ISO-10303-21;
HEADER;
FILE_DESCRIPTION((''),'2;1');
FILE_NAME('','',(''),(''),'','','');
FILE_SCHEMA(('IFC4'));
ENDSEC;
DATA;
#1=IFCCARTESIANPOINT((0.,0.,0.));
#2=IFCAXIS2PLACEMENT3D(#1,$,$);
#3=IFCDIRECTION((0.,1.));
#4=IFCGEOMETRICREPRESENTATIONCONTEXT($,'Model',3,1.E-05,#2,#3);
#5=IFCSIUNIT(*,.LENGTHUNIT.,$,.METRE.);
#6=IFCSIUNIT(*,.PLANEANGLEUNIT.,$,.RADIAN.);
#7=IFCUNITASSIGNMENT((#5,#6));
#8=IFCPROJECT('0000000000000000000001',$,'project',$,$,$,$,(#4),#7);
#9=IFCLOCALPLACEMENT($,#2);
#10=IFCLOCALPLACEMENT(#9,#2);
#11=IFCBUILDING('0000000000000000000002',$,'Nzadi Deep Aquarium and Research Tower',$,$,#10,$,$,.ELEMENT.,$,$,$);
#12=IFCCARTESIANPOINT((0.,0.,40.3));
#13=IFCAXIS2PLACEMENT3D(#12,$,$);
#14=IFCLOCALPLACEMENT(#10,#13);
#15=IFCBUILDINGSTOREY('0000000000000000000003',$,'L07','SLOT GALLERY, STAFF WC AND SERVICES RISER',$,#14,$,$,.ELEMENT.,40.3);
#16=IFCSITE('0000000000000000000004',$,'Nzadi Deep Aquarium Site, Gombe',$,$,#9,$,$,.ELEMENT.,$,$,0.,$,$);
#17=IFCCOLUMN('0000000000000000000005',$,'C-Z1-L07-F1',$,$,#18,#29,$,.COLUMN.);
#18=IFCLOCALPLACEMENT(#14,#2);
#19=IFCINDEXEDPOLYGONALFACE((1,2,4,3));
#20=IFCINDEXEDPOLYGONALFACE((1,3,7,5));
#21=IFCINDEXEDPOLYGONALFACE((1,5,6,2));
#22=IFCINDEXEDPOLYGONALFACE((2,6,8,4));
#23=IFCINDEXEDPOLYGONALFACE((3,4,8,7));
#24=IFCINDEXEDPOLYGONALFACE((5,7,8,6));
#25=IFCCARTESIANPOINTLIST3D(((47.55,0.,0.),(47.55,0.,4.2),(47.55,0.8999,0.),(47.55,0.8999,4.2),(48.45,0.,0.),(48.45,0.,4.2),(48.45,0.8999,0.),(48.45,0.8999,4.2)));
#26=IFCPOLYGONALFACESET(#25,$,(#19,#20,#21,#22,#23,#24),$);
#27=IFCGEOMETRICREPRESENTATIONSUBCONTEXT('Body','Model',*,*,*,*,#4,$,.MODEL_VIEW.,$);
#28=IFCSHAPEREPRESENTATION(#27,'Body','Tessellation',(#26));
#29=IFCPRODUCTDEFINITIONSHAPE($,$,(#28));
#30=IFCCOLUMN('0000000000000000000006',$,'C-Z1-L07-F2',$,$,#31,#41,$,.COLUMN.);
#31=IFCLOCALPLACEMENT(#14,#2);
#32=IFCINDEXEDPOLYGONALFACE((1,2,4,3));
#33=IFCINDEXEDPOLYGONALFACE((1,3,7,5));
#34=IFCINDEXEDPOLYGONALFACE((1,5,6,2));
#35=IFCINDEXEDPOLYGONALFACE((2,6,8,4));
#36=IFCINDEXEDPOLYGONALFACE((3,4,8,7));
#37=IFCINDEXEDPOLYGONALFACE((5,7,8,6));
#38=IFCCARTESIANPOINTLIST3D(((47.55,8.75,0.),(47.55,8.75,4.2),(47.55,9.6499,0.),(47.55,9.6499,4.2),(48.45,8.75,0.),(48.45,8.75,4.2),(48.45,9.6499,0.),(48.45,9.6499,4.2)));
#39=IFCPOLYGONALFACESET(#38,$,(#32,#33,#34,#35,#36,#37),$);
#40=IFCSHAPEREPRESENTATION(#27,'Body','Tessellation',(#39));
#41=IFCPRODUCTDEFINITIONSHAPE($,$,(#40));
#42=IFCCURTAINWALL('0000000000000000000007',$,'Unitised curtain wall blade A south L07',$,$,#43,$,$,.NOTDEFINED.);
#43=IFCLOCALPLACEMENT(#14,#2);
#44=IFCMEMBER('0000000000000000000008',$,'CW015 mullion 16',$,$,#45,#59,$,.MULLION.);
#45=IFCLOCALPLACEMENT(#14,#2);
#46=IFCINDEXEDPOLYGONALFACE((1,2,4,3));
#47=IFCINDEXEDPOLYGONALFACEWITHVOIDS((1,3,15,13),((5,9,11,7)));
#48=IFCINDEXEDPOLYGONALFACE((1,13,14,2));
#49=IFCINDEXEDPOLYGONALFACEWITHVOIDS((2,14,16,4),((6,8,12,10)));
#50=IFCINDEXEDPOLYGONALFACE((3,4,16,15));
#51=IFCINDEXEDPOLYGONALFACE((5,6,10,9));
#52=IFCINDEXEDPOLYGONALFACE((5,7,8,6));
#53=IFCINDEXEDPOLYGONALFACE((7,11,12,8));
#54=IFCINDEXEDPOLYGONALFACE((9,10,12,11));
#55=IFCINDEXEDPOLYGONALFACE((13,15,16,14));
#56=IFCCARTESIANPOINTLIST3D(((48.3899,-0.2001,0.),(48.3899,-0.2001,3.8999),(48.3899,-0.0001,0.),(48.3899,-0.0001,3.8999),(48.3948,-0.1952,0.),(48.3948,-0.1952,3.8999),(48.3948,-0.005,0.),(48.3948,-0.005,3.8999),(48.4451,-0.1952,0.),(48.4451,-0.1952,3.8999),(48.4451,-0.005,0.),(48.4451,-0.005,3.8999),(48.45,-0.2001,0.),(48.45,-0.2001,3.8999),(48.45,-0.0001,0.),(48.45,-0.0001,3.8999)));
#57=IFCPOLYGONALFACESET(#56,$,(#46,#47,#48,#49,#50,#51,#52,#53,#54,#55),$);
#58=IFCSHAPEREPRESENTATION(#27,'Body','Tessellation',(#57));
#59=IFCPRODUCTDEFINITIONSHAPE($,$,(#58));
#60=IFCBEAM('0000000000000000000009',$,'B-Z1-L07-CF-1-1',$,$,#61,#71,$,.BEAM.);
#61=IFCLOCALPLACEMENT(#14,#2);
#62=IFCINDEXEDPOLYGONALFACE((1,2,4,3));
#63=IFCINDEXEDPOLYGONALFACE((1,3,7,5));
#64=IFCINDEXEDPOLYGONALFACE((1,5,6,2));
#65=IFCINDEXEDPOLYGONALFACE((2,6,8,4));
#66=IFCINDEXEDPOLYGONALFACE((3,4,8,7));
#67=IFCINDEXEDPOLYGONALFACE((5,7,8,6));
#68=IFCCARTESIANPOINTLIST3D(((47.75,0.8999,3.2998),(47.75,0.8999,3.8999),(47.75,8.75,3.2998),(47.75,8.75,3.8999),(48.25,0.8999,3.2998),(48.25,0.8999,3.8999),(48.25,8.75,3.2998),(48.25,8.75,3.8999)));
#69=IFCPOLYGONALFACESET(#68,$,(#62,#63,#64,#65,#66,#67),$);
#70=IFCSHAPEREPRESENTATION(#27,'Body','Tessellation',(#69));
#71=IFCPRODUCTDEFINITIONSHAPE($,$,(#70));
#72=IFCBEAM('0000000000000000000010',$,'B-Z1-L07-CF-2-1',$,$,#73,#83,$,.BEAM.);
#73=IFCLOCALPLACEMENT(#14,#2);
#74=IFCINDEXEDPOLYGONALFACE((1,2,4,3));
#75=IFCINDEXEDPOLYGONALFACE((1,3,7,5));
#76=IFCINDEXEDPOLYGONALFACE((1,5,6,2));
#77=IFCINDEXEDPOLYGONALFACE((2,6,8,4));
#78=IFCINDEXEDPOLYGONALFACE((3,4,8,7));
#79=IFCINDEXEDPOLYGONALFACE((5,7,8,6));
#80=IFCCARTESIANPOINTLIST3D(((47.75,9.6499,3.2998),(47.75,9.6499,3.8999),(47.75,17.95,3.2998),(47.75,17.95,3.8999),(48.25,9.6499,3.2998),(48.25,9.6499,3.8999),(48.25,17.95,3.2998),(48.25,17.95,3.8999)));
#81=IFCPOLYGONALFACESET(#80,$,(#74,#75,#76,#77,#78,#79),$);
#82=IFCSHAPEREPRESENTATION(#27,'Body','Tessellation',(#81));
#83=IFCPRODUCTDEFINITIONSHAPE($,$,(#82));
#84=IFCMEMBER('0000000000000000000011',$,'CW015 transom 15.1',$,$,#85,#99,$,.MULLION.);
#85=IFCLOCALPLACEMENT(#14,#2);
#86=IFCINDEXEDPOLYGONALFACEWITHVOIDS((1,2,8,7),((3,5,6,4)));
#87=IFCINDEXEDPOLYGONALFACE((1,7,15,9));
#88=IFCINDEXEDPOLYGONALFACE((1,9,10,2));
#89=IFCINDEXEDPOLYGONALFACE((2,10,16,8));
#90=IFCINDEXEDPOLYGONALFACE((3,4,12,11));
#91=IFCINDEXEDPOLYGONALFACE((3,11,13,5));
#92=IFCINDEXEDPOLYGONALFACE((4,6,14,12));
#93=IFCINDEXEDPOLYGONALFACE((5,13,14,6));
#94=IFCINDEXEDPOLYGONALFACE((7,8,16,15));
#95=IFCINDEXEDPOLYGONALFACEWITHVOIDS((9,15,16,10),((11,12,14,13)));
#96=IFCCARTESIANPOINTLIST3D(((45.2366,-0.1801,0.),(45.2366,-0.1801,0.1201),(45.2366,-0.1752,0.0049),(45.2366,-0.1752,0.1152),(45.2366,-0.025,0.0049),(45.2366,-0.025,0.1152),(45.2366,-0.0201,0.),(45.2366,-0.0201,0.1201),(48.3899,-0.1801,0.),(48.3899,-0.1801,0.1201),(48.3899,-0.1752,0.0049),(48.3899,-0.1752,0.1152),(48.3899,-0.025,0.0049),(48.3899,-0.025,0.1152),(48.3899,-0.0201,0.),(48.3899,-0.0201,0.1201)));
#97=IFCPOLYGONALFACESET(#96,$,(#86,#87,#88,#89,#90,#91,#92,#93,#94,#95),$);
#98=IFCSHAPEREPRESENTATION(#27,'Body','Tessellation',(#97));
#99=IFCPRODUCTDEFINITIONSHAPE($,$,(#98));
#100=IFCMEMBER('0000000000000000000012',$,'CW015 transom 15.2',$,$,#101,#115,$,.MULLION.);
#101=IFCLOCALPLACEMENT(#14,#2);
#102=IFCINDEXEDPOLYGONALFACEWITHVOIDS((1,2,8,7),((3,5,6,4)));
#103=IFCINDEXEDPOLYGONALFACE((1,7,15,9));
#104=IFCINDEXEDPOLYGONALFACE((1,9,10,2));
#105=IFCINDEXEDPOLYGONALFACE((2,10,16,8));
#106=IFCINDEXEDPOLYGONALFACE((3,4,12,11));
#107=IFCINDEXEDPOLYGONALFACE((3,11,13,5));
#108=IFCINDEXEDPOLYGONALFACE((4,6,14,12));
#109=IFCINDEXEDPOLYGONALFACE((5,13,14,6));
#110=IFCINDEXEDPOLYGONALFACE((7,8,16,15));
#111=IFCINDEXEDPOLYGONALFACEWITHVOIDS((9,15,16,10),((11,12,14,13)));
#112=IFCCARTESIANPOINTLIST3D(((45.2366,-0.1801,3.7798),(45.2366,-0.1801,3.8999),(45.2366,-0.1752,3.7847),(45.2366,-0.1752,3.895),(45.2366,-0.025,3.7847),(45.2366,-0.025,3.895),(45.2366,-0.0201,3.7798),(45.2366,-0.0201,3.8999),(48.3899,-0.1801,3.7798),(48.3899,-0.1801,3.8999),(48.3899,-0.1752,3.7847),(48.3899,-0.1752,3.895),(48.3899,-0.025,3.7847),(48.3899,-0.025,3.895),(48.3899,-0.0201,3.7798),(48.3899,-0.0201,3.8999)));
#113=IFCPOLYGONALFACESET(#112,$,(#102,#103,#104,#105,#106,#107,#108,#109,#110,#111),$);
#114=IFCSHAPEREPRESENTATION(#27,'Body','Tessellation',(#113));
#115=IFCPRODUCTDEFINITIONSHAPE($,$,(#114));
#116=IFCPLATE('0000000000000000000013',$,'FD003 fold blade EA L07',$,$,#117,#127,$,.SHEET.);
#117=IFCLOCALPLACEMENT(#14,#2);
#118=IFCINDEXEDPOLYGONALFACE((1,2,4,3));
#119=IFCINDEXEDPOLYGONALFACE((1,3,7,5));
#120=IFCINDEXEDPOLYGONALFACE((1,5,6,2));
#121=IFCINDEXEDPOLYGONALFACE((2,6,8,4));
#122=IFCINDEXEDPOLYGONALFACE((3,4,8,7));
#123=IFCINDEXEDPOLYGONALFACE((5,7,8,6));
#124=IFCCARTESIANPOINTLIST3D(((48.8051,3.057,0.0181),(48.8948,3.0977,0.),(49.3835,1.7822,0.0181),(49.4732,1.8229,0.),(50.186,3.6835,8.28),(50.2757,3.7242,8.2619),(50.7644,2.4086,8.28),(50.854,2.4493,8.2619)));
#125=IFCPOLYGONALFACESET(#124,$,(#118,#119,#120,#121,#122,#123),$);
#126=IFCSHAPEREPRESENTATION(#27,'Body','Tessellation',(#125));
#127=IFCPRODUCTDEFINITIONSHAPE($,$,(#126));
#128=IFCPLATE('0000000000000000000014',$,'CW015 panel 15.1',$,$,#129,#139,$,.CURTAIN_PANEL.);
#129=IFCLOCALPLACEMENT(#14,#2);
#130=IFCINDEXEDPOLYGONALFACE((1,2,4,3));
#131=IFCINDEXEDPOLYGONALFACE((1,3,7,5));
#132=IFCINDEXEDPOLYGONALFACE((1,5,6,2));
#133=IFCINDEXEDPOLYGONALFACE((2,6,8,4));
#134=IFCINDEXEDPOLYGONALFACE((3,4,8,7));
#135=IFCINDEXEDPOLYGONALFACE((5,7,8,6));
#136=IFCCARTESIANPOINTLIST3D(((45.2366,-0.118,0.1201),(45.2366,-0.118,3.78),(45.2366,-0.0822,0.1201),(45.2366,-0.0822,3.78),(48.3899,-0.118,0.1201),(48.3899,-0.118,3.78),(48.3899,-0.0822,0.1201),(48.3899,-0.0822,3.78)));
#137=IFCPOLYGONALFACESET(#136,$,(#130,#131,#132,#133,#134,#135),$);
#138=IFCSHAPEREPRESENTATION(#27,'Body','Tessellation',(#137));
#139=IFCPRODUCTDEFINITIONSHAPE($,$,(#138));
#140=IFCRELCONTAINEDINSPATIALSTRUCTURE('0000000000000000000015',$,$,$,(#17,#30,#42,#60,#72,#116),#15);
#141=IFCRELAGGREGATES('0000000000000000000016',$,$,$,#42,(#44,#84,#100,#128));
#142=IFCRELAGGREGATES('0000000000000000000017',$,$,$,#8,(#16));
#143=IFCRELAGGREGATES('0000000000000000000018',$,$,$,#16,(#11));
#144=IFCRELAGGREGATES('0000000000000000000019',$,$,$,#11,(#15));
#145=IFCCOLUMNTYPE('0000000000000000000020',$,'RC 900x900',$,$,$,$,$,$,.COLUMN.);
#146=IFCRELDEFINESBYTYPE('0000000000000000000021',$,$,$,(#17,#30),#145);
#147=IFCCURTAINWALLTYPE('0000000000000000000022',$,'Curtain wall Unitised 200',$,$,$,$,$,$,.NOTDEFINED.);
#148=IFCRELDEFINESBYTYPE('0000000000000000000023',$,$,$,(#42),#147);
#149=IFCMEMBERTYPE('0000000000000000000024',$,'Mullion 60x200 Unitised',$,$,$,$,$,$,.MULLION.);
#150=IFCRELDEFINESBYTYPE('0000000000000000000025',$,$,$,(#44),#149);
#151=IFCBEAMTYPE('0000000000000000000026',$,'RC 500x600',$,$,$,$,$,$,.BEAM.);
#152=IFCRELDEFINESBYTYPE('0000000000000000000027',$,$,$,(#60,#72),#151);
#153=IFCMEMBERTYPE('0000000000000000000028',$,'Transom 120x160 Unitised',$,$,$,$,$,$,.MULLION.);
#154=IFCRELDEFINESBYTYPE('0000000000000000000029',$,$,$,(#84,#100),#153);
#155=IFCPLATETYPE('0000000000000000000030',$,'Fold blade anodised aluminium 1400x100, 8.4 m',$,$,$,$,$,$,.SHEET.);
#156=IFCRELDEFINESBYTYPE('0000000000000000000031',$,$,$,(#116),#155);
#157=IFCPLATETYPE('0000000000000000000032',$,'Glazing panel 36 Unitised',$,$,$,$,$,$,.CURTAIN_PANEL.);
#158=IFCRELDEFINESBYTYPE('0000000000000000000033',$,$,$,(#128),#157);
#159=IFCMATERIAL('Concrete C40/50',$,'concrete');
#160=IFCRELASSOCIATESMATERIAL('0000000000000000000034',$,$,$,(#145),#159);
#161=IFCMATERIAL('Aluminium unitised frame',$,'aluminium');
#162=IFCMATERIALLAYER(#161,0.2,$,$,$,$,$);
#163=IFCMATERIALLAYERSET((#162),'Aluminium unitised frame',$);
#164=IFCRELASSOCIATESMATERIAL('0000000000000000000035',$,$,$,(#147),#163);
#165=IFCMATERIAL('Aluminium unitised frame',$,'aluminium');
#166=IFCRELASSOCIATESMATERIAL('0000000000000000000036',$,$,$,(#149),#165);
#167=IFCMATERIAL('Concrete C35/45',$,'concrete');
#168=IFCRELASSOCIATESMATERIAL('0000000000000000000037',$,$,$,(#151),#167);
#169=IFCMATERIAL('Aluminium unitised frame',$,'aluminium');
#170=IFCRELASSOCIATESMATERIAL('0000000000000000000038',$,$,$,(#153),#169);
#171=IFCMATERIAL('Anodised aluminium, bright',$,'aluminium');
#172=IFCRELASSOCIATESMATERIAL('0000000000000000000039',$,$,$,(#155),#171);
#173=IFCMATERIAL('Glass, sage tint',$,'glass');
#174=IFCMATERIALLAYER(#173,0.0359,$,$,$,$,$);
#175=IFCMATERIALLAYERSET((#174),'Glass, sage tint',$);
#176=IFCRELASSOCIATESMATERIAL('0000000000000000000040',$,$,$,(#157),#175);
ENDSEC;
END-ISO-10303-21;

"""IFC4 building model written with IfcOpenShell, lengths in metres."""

from ifc_helpers import new_model, si_unit, direction, frame, origin, origin_2d, place, context, subcontext, project, spatial, rectangle, hollow_rectangle, extrude, material, layer, layer_set, material_profile, profile_set, type_object, element, aggregate, save


model = new_model("IFC4")

# Units and contexts
model_context = context("Model", 3, precision=1e-05, world=origin(), true_north=direction((0.0, 1.0)))
body_context = subcontext(model_context, "Body", "Model", "MODEL_VIEW")
ifc_project = project(units=[si_unit("LENGTHUNIT", "METRE"), si_unit("PLANEANGLEUNIT", "RADIAN")], contexts=[model_context])

# Site, building, storey
site_placement = place(None, origin())
site = spatial("IfcSite", under=ifc_project, at=site_placement, Name="Nzadi Deep Aquarium Site, Gombe", CompositionType="ELEMENT", RefElevation=0.0)
building_placement = place(site_placement, origin())
building = spatial("IfcBuilding", under=site, at=building_placement, Name="Nzadi Deep Aquarium and Research Tower", CompositionType="ELEMENT")
storey_placement = place(building_placement, frame((0.0, 0.0, 40.3)))
storey = spatial("IfcBuildingStorey", under=building, at=storey_placement, Name="L07", Description="SLOT GALLERY, STAFF WC AND SERVICES RISER", CompositionType="ELEMENT", Elevation=40.3)

# Columns
ifc_material_1 = material(Name="Concrete C40/50", Category="concrete")
ifc_material_profile_1 = material_profile(ifc_material_1, rectangle(XDim=0.8999, YDim=0.8999, at=origin_2d()))
ifc_profile_set_1 = profile_set([ifc_material_profile_1], Name="Concrete C40/50")
column_type = type_object("IfcColumnType", Name="RC 900x900", PredefinedType="COLUMN", material=ifc_profile_set_1)
for number, where, z_axis, x_axis, name in (
    (1, (48.0, 0.45, 0.0), (0.0, 0.0, 1.0), (1.0, 0.0, 0.0), "C-Z1-L07-F1"),
    (2, (48.0, 9.2, 0.0), (0.0, 0.0, 1.0), (1.0, 0.0, 0.0), "C-Z1-L07-F2"),
):
    element("IfcColumn", number, at=place(storey_placement, frame(where, z_axis=z_axis, x_axis=x_axis)), inside=storey, type_object=column_type, Name=name, PredefinedType="COLUMN", context=body_context, shape_type="SweptSolid", body=[
        extrude(rectangle(XDim=0.8999, YDim=0.8999, at=origin_2d()), origin(), (0.0, 0.0, 1.0), 4.2),
    ])

# Curtain wall, member
ifc_material_2 = material(Name="Aluminium unitised frame", Category="aluminium")
ifc_layer_1 = layer(ifc_material_2, 0.2)
ifc_layer_set_1 = layer_set([ifc_layer_1], Name="Aluminium unitised frame")
curtain_wall_type = type_object("IfcCurtainWallType", Name="Curtain wall Unitised 200", PredefinedType="NOTDEFINED", material=ifc_layer_set_1)
curtain_wall_placement = place(storey_placement, origin())
curtain_wall = element("IfcCurtainWall", 3, at=curtain_wall_placement, inside=storey, type_object=curtain_wall_type, Name="Unitised curtain wall blade A south L07", PredefinedType="NOTDEFINED")
ifc_material_3 = material(Name="Aluminium unitised frame", Category="aluminium")
ifc_material_profile_2 = material_profile(ifc_material_3, hollow_rectangle(XDim=0.2, YDim=0.0601, WallThickness=0.0049, at=origin_2d()))
ifc_profile_set_2 = profile_set([ifc_material_profile_2], Name="Aluminium unitised frame")
member_type_1 = type_object("IfcMemberType", Name="Mullion 60x200 Unitised", PredefinedType="MULLION", material=ifc_profile_set_2)
member_1_placement = place(storey_placement, frame((48.4199, -0.1001, 0.0), z_axis=(0.0, 0.0, 1.0), x_axis=(0.0, 1.0, 0.0)))
member_1 = element("IfcMember", 4, at=member_1_placement, type_object=member_type_1, Name="CW015 mullion 16", PredefinedType="MULLION", context=body_context, shape_type="SweptSolid", body=[
    extrude(hollow_rectangle(XDim=0.2, YDim=0.0601, WallThickness=0.0049, at=origin_2d()), origin(), (0.0, 0.0, 1.0), 3.8999),
])

# Beams
ifc_material_4 = material(Name="Concrete C35/45", Category="concrete")
ifc_material_profile_3 = material_profile(ifc_material_4, rectangle(XDim=0.5, YDim=0.6001, at=origin_2d()))
ifc_profile_set_3 = profile_set([ifc_material_profile_3], Name="Concrete C35/45")
beam_type = type_object("IfcBeamType", Name="RC 500x600", PredefinedType="BEAM", material=ifc_profile_set_3)
beam_1_placement = place(storey_placement, frame((48.0, 0.8999, 3.5999), z_axis=(0.0, 1.0, 0.0), x_axis=(-1.0, 0.0, 0.0)))
element("IfcBeam", 5, at=beam_1_placement, inside=storey, type_object=beam_type, Name="B-Z1-L07-CF-1-1", PredefinedType="BEAM", context=body_context, shape_type="SweptSolid", body=[
    extrude(rectangle(XDim=0.5, YDim=0.6001, at=origin_2d()), origin(), (0.0, 0.0, 1.0), 7.8501),
])
beam_2_placement = place(storey_placement, frame((48.0, 9.6499, 3.5999), z_axis=(0.0, 1.0, 0.0), x_axis=(-1.0, 0.0, 0.0)))
element("IfcBeam", 6, at=beam_2_placement, inside=storey, type_object=beam_type, Name="B-Z1-L07-CF-2-1", PredefinedType="BEAM", context=body_context, shape_type="SweptSolid", body=[
    extrude(rectangle(XDim=0.5, YDim=0.6001, at=origin_2d()), origin(), (0.0, 0.0, 1.0), 8.3),
])

# Members
ifc_material_5 = material(Name="Aluminium unitised frame", Category="aluminium")
ifc_material_profile_4 = material_profile(ifc_material_5, hollow_rectangle(XDim=0.1599, YDim=0.1201, WallThickness=0.0049, at=origin_2d()))
ifc_profile_set_4 = profile_set([ifc_material_profile_4], Name="Aluminium unitised frame")
member_type_2 = type_object("IfcMemberType", Name="Transom 120x160 Unitised", PredefinedType="MULLION", material=ifc_profile_set_4)
member_2_placement = place(storey_placement, frame((45.2366, -0.1001, 0.0601), z_axis=(1.0, 0.0, 0.0), x_axis=(0.0, 1.0, 0.0)))
member_2 = element("IfcMember", 7, at=member_2_placement, type_object=member_type_2, Name="CW015 transom 15.1", PredefinedType="MULLION", context=body_context, shape_type="SweptSolid", body=[
    extrude(hollow_rectangle(XDim=0.1599, YDim=0.1201, WallThickness=0.0049, at=origin_2d()), origin(), (0.0, 0.0, 1.0), 3.1533),
])
member_3_placement = place(storey_placement, frame((45.2366, -0.1001, 3.8398), z_axis=(1.0, 0.0, 0.0), x_axis=(0.0, 1.0, 0.0)))
member_3 = element("IfcMember", 8, at=member_3_placement, type_object=member_type_2, Name="CW015 transom 15.2", PredefinedType="MULLION", context=body_context, shape_type="SweptSolid", body=[
    extrude(hollow_rectangle(XDim=0.1599, YDim=0.1201, WallThickness=0.0049, at=origin_2d()), origin(), (0.0, 0.0, 1.0), 3.1533),
])

# Plates
ifc_material_6 = material(Name="Anodised aluminium, bright", Category="aluminium")
ifc_material_profile_5 = material_profile(ifc_material_6, rectangle(XDim=1.3999, YDim=0.1001, at=origin_2d()))
ifc_profile_set_5 = profile_set([ifc_material_profile_5], Name="Anodised aluminium, bright")
plate_type_1 = type_object("IfcPlateType", Name="Fold blade anodised aluminium 1400x100, 8.4 m", PredefinedType="SHEET", material=ifc_profile_set_5)
plate_1_placement = place(storey_placement, frame((49.1392, 2.4399, 0.009), z_axis=(0.164389, 0.07458, 0.983572), x_axis=(-0.413148, 0.910664, 0.0)))
element("IfcPlate", 9, at=plate_1_placement, inside=storey, type_object=plate_type_1, Name="FD003 fold blade EA L07", PredefinedType="SHEET", context=body_context, shape_type="SweptSolid", body=[
    extrude(rectangle(XDim=1.3999, YDim=0.1001, at=origin_2d()), origin(), (0.0, 0.0, 1.0), 8.3999),
])
ifc_material_7 = material(Name="Glass, sage tint", Category="glass")
ifc_layer_2 = layer(ifc_material_7, 0.0359)
ifc_layer_set_2 = layer_set([ifc_layer_2], Name="Glass, sage tint")
plate_type_2 = type_object("IfcPlateType", Name="Glazing panel 36 Unitised", PredefinedType="CURTAIN_PANEL", material=ifc_layer_set_2)
plate_2_placement = place(storey_placement, frame((46.8132, -0.1001, 0.1201), z_axis=(0.0, 0.0, 1.0), x_axis=(1.0, 0.0, 0.0)))
plate_2 = element("IfcPlate", 10, at=plate_2_placement, type_object=plate_type_2, Name="CW015 panel 15.1", PredefinedType="CURTAIN_PANEL", context=body_context, shape_type="SweptSolid", body=[
    extrude(rectangle(XDim=3.1533, YDim=0.0359, at=origin_2d()), origin(), (0.0, 0.0, 1.0), 3.6599),
])
aggregate(curtain_wall, [member_1, member_2, member_3, plate_2])

save(model, "model.ifc")
